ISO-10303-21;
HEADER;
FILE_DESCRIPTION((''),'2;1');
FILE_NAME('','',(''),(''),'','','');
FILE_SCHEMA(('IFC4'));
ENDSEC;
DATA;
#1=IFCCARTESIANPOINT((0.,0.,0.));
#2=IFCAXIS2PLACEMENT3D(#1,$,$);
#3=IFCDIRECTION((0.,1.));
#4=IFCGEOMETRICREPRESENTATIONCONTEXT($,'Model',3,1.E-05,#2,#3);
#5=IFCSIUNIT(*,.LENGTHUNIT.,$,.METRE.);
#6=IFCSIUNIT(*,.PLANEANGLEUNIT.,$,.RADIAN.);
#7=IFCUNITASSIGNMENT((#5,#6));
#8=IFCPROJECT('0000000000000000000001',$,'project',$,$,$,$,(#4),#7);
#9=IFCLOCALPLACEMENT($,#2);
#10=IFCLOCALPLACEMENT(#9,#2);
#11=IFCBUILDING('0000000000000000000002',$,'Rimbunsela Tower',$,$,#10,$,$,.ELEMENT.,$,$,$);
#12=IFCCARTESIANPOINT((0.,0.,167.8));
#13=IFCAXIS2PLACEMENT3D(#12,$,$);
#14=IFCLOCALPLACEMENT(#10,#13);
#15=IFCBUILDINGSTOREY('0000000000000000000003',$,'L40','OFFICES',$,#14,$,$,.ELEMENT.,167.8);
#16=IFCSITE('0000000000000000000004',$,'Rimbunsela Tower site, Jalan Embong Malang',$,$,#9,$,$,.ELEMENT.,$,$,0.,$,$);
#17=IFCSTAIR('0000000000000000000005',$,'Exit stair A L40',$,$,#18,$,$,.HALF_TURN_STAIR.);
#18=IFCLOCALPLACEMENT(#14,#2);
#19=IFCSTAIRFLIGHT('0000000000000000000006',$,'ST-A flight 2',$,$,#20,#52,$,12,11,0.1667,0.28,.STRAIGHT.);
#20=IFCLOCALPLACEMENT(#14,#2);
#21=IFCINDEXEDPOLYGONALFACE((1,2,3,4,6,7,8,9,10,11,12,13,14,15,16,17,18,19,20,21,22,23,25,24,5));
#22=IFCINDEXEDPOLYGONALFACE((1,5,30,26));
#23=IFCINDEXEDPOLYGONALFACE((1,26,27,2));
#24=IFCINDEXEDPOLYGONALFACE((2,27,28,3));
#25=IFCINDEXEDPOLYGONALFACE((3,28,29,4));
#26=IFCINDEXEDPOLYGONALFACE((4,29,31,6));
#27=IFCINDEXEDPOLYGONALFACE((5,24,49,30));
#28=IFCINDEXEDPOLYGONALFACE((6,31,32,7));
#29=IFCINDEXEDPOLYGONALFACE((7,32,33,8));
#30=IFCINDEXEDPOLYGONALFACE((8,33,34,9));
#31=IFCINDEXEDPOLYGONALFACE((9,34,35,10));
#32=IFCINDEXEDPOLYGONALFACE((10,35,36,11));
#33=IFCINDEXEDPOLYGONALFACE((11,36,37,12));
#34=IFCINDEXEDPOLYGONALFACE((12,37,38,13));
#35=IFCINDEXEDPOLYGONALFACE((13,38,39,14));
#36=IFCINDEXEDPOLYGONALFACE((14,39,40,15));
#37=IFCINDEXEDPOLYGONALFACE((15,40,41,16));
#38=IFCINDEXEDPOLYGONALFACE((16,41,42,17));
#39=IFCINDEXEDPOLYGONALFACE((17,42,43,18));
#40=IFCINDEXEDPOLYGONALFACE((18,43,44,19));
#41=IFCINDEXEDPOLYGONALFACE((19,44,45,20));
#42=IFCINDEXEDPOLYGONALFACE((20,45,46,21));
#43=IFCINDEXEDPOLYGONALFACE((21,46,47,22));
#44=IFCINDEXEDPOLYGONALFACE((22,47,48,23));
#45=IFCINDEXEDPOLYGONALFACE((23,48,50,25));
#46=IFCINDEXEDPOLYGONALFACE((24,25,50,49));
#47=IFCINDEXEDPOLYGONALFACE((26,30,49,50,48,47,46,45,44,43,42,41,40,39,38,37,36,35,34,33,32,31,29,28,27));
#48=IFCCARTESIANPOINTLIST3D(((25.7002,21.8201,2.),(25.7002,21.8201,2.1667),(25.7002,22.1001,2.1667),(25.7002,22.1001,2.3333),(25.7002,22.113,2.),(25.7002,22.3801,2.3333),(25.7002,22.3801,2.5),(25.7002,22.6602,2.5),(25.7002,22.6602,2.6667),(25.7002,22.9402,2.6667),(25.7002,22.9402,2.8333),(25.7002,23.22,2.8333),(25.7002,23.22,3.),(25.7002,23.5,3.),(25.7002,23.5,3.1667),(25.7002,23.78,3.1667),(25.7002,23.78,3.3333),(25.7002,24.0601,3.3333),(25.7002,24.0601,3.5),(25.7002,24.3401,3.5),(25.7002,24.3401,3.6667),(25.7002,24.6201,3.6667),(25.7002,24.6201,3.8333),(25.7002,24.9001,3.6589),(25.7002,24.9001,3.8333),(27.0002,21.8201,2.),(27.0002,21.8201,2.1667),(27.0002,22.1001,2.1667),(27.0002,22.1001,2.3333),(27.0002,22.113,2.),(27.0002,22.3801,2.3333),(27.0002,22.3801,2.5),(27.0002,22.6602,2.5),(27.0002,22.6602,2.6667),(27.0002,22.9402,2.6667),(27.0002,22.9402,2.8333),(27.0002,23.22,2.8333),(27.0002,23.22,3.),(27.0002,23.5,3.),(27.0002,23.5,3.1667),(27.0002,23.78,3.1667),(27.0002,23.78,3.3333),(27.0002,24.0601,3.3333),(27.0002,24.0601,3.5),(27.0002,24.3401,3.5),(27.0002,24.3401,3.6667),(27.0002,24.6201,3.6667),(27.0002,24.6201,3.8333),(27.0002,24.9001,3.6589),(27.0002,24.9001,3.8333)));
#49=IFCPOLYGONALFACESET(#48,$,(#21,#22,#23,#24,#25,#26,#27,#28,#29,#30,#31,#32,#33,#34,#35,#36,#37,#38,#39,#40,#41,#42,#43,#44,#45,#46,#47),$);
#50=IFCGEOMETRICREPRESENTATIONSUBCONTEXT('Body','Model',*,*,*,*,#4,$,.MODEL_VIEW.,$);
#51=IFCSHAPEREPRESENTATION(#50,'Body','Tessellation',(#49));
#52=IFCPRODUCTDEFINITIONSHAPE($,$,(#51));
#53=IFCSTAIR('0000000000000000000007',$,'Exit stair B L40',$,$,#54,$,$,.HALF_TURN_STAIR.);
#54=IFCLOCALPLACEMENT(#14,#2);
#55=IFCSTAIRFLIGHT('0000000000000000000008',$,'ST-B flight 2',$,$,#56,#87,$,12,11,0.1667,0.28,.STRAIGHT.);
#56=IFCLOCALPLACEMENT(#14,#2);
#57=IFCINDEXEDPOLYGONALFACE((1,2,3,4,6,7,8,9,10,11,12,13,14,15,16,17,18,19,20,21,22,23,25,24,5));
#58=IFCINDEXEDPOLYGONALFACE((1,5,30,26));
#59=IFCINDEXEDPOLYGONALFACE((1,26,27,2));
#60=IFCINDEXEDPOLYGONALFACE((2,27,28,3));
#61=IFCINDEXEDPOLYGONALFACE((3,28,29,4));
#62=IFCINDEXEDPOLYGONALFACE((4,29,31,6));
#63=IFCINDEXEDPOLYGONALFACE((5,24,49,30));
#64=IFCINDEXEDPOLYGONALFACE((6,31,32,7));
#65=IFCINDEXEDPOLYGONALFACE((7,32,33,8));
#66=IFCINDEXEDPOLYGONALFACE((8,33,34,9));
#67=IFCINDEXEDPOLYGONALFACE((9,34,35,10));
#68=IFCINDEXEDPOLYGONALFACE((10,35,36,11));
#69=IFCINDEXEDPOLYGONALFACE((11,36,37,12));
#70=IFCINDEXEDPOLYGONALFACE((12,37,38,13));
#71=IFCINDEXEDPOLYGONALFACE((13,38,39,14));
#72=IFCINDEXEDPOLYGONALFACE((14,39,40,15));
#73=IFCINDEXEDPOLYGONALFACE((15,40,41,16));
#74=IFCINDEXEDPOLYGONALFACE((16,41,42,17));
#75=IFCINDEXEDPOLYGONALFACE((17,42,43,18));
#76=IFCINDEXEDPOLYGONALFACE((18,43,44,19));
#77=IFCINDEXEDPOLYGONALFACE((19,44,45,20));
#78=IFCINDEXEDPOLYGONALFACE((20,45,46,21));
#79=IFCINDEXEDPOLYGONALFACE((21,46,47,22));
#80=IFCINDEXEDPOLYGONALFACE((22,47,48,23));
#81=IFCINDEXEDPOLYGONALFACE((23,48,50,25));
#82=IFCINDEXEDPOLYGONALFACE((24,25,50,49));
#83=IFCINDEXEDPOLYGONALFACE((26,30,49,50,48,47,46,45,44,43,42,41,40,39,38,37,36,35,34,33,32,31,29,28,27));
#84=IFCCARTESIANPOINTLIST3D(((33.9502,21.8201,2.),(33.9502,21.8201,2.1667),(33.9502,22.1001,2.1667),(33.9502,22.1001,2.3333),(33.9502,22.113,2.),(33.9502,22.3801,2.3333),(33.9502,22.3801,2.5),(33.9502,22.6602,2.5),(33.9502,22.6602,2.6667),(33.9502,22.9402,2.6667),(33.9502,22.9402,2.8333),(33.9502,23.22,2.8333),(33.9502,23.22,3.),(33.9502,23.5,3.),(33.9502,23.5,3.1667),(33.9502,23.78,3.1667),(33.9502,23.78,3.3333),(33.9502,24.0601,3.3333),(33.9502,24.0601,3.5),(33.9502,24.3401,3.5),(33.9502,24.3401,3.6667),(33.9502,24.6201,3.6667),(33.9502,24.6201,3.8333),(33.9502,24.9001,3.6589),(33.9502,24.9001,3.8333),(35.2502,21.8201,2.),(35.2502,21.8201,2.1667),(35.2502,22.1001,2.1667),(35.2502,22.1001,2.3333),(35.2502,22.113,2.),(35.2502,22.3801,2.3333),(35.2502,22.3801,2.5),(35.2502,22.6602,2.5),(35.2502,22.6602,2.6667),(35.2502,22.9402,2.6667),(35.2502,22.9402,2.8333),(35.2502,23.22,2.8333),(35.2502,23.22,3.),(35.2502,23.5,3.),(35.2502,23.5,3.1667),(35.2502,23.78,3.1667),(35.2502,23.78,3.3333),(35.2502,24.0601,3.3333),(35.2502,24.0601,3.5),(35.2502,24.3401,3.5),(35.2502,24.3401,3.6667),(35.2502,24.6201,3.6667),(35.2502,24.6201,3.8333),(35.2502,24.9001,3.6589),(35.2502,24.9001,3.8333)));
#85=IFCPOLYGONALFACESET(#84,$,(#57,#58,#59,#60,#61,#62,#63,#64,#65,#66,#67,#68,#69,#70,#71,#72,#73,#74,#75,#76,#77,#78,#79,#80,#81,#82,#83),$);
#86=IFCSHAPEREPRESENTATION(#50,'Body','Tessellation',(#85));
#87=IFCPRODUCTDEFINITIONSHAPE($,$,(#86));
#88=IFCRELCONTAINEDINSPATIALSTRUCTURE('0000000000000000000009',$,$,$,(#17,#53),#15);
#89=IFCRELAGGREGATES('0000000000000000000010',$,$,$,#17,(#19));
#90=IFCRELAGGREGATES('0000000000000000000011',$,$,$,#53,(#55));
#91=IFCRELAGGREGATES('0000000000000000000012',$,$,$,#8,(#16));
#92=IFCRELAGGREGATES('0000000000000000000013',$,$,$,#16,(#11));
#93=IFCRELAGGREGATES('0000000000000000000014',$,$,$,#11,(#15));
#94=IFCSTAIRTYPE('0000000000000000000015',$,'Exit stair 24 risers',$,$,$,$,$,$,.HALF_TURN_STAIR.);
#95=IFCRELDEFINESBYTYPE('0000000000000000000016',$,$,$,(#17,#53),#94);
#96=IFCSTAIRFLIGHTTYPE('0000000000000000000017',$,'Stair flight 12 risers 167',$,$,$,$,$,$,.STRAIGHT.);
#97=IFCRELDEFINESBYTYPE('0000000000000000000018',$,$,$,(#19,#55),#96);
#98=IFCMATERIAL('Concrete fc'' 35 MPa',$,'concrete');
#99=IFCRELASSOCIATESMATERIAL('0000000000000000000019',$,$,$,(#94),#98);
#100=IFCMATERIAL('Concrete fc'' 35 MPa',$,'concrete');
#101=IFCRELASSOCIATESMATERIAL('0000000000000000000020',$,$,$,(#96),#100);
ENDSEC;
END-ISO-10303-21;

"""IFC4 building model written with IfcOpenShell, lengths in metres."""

from ifc_helpers import new_model, si_unit, direction, frame, origin, place, context, subcontext, project, spatial, polyline, outline, extrude, material, type_object, element, aggregate, save


model = new_model("IFC4")

# Units and contexts
model_context = context("Model", 3, precision=1e-05, world=origin(), true_north=direction((0.0, 1.0)))
body_context = subcontext(model_context, "Body", "Model", "MODEL_VIEW")
ifc_project = project(units=[si_unit("LENGTHUNIT", "METRE"), si_unit("PLANEANGLEUNIT", "RADIAN")], contexts=[model_context])

# Site, building, storey
site_placement = place(None, origin())
site = spatial("IfcSite", under=ifc_project, at=site_placement, Name="Rimbunsela Tower site, Jalan Embong Malang", CompositionType="ELEMENT", RefElevation=0.0)
building_placement = place(site_placement, origin())
building = spatial("IfcBuilding", under=site, at=building_placement, Name="Rimbunsela Tower", CompositionType="ELEMENT")
storey_placement = place(building_placement, frame((0.0, 0.0, 167.8)))
storey = spatial("IfcBuildingStorey", under=building, at=storey_placement, Name="L40", Description="OFFICES", CompositionType="ELEMENT", Elevation=167.8)

# Stairs, stair flights
ifc_material_1 = material(Name="Concrete fc' 35 MPa", Category="concrete")
stair_type = type_object("IfcStairType", Name="Exit stair 24 risers", PredefinedType="HALF_TURN_STAIR", material=ifc_material_1)
stair_1_placement = place(storey_placement, origin())
stair_1 = element("IfcStair", 1, at=stair_1_placement, inside=storey, type_object=stair_type, Name="Exit stair A L40", PredefinedType="HALF_TURN_STAIR")
ifc_material_2 = material(Name="Concrete fc' 35 MPa", Category="concrete")
stair_flight_type = type_object("IfcStairFlightType", Name="Stair flight 12 risers 167", PredefinedType="STRAIGHT", material=ifc_material_2)
stair_flight_1_placement = place(storey_placement, frame((26.3501, 21.8201, 2.0), z_axis=(0.0, 0.0, 1.0), x_axis=(0.0, 1.0, 0.0)))
stair_flight_1 = element("IfcStairFlight", 2, at=stair_flight_1_placement, type_object=stair_flight_type, Name="ST-A flight 2", NumberOfRisers=12, NumberOfTreads=11, PredefinedType="STRAIGHT", RiserHeight=0.1667, TreadLength=0.28, context=body_context, shape_type="SweptSolid", body=[
    extrude(outline(polyline([(0.0, 0.0), (0.0, 0.1667), (0.28, 0.1667), (0.28, 0.3333), (0.5601, 0.3333), (0.5601, 0.5), (0.8401, 0.5), (0.8401, 0.6667), (1.1201, 0.6667), (1.1201, 0.8333), (1.3999, 0.8333), (1.3999, 1.0), (1.6799, 1.0), (1.6799, 1.1667), (1.96, 1.1667), (1.96, 1.3333), (2.24, 1.3333), (2.24, 1.5), (2.52, 1.5), (2.52, 1.6667), (2.8, 1.6667), (2.8, 1.8333), (3.0801, 1.8333), (3.0801, 2.0), (3.0801, 1.6589), (0.293, 0.0), (0.0, 0.0)])), frame((0.0, 0.6499, 0.0), z_axis=(0.0, -1.0, 0.0), x_axis=(1.0, 0.0, 0.0)), (0.0, 0.0, 1.0), 1.3),
])
aggregate(stair_1, [stair_flight_1])
stair_2_placement = place(storey_placement, origin())
stair_2 = element("IfcStair", 3, at=stair_2_placement, inside=storey, type_object=stair_type, Name="Exit stair B L40", PredefinedType="HALF_TURN_STAIR")
stair_flight_2_placement = place(storey_placement, frame((34.6001, 21.8201, 2.0), z_axis=(0.0, 0.0, 1.0), x_axis=(0.0, 1.0, 0.0)))
stair_flight_2 = element("IfcStairFlight", 4, at=stair_flight_2_placement, type_object=stair_flight_type, Name="ST-B flight 2", NumberOfRisers=12, NumberOfTreads=11, PredefinedType="STRAIGHT", RiserHeight=0.1667, TreadLength=0.28, context=body_context, shape_type="SweptSolid", body=[
    extrude(outline(polyline([(0.0, 0.0), (0.0, 0.1667), (0.28, 0.1667), (0.28, 0.3333), (0.5601, 0.3333), (0.5601, 0.5), (0.8401, 0.5), (0.8401, 0.6667), (1.1201, 0.6667), (1.1201, 0.8333), (1.3999, 0.8333), (1.3999, 1.0), (1.6799, 1.0), (1.6799, 1.1667), (1.96, 1.1667), (1.96, 1.3333), (2.24, 1.3333), (2.24, 1.5), (2.52, 1.5), (2.52, 1.6667), (2.8, 1.6667), (2.8, 1.8333), (3.0801, 1.8333), (3.0801, 2.0), (3.0801, 1.6589), (0.293, 0.0), (0.0, 0.0)])), frame((0.0, 0.6499, 0.0), z_axis=(0.0, -1.0, 0.0), x_axis=(1.0, 0.0, 0.0)), (0.0, 0.0, 1.0), 1.3),
])
aggregate(stair_2, [stair_flight_2])

save(model, "model.ifc")
